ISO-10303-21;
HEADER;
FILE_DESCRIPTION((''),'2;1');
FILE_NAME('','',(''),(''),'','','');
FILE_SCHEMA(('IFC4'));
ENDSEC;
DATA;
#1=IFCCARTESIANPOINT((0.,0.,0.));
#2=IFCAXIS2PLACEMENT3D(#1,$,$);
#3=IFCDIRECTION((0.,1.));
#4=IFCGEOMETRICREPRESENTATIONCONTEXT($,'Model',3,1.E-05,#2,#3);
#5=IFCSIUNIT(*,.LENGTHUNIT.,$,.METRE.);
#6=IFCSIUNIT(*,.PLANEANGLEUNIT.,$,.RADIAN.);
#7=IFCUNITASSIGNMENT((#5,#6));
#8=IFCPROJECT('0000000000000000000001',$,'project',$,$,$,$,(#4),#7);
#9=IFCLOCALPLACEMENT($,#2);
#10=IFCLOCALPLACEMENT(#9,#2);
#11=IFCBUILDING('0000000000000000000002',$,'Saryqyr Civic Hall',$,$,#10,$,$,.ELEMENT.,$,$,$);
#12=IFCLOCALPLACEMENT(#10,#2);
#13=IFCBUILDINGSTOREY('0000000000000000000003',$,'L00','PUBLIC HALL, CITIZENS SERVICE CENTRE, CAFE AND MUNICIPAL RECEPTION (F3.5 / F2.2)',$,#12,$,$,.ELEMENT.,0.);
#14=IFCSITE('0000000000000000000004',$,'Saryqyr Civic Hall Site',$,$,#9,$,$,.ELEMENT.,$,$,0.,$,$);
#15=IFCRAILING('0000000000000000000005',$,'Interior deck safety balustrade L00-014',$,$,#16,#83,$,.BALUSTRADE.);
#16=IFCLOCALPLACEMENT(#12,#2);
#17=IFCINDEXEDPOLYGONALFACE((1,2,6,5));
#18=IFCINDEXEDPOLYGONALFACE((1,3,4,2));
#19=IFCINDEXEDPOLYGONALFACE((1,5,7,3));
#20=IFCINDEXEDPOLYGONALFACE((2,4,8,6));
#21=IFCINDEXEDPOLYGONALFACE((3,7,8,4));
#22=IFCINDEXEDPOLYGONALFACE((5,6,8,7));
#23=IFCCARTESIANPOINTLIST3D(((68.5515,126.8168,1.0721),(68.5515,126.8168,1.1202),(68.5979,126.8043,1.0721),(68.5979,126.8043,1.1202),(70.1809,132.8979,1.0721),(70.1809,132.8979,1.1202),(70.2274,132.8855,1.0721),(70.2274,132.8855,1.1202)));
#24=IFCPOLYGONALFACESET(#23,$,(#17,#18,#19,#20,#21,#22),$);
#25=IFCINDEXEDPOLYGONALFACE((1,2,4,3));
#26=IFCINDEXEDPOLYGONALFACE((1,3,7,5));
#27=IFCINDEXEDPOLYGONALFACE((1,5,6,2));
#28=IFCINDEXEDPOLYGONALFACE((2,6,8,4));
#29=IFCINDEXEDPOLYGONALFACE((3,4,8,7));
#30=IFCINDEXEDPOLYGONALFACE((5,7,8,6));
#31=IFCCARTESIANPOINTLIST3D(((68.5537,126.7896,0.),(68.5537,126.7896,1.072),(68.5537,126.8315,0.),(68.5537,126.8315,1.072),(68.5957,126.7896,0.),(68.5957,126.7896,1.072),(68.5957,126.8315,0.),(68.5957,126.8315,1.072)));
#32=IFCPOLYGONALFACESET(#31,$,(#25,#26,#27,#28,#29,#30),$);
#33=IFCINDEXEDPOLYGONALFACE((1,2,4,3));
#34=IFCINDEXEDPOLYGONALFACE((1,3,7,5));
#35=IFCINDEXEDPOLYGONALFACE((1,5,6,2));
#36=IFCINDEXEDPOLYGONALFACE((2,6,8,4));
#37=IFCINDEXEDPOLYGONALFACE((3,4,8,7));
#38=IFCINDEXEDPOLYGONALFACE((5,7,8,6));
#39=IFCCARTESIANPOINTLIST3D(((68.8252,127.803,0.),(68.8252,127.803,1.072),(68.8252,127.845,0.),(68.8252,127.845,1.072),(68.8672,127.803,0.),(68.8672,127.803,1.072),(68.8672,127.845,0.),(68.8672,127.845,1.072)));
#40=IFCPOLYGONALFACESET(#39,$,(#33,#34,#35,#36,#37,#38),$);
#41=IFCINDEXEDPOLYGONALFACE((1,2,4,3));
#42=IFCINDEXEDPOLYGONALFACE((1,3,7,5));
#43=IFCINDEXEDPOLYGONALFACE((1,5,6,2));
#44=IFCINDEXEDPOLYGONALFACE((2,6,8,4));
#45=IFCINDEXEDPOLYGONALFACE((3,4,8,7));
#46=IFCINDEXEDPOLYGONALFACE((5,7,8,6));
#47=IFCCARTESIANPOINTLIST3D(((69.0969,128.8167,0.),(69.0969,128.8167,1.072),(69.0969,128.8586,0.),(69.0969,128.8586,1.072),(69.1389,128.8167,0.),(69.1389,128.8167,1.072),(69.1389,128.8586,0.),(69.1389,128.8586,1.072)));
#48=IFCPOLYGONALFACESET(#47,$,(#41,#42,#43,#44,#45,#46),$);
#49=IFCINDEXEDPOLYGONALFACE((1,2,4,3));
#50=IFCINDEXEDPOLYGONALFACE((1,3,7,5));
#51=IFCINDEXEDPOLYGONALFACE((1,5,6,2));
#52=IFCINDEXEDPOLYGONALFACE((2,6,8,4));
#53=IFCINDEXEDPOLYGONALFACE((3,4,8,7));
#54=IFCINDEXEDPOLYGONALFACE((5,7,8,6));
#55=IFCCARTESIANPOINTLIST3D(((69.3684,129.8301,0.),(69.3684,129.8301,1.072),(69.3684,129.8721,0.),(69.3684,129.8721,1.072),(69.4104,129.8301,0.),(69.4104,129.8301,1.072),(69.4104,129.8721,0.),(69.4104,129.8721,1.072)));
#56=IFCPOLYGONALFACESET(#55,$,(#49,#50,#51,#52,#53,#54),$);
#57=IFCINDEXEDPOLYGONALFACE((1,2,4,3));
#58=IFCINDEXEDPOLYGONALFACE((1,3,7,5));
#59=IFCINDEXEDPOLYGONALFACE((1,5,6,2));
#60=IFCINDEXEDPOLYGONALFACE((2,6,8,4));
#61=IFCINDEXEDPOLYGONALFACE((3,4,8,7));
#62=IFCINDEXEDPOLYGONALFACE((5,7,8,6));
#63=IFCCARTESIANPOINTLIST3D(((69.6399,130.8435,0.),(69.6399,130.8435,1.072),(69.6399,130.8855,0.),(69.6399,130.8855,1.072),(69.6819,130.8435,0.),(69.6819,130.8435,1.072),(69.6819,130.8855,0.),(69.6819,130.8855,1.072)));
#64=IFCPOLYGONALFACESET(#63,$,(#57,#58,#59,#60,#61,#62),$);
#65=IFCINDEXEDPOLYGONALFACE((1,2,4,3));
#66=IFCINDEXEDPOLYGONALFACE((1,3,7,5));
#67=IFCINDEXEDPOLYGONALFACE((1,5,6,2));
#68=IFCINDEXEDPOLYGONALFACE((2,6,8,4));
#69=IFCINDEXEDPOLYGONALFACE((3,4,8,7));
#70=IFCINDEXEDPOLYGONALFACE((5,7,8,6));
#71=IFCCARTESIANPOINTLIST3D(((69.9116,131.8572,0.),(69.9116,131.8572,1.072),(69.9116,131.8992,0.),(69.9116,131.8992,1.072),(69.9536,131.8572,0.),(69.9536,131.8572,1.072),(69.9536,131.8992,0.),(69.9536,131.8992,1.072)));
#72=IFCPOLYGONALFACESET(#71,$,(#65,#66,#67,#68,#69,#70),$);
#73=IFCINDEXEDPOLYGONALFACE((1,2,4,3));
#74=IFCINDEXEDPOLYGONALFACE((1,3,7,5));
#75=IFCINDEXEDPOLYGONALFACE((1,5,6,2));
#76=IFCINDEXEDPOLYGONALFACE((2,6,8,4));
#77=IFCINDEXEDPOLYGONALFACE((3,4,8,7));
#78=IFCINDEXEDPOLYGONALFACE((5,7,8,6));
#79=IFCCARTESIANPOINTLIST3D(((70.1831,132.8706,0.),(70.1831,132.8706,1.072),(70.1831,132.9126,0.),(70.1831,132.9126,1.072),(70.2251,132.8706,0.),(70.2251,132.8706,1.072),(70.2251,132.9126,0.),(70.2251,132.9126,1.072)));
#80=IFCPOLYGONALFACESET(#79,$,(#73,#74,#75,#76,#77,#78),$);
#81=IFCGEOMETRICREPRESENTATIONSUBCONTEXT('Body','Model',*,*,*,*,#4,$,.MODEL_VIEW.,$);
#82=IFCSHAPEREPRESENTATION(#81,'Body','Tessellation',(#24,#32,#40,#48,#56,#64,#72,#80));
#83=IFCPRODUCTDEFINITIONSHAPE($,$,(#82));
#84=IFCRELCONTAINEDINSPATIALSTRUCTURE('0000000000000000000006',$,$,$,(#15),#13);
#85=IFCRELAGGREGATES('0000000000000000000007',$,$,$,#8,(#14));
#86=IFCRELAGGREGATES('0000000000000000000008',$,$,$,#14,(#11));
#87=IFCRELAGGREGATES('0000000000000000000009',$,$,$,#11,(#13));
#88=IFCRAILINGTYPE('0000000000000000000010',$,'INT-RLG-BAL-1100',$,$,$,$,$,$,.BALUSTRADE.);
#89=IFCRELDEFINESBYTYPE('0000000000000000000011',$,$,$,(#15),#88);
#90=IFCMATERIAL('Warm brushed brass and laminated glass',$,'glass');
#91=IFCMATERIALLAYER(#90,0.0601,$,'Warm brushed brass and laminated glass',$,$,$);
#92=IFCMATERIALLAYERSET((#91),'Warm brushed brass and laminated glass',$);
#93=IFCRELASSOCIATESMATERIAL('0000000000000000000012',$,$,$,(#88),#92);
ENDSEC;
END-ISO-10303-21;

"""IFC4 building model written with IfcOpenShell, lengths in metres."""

from ifc_helpers import new_model, si_unit, direction, frame, origin, origin_2d, place, context, subcontext, project, spatial, rectangle, extrude, material, layer, layer_set, type_object, element, save


model = new_model("IFC4")

# Units and contexts
model_context = context("Model", 3, precision=1e-05, world=origin(), true_north=direction((0.0, 1.0)))
body_context = subcontext(model_context, "Body", "Model", "MODEL_VIEW")
ifc_project = project(units=[si_unit("LENGTHUNIT", "METRE"), si_unit("PLANEANGLEUNIT", "RADIAN")], contexts=[model_context])

# Site, building, storey
site_placement = place(None, origin())
site = spatial("IfcSite", under=ifc_project, at=site_placement, Name="Saryqyr Civic Hall Site", CompositionType="ELEMENT", RefElevation=0.0)
building_placement = place(site_placement, origin())
building = spatial("IfcBuilding", under=site, at=building_placement, Name="Saryqyr Civic Hall", CompositionType="ELEMENT")
storey_placement = place(building_placement, origin())
storey = spatial("IfcBuildingStorey", under=building, at=storey_placement, Name="L00", Description="PUBLIC HALL, CITIZENS SERVICE CENTRE, CAFE AND MUNICIPAL RECEPTION (F3.5 / F2.2)", CompositionType="ELEMENT", Elevation=0.0)

# Railing
ifc_material_1 = material(Name="Warm brushed brass and laminated glass", Category="glass")
ifc_layer_1 = layer(ifc_material_1, 0.0601, Name="Warm brushed brass and laminated glass")
ifc_layer_set_1 = layer_set([ifc_layer_1], Name="Warm brushed brass and laminated glass")
railing_type = type_object("IfcRailingType", Name="INT-RLG-BAL-1100", PredefinedType="BALUSTRADE", material=ifc_layer_set_1)
railing_1_placement = place(storey_placement, frame((68.5747, 126.8105, 0.0)))
element("IfcRailing", 1, at=railing_1_placement, inside=storey, type_object=railing_type, Name="Interior deck safety balustrade L00-014", PredefinedType="BALUSTRADE", context=body_context, shape_type="SweptSolid", body=[
    extrude(rectangle(XDim=0.0481, YDim=0.0481, at=origin_2d()), frame((0.0, 0.0, 1.0962), z_axis=(0.258816, 0.965927, 0.0), x_axis=(-0.965927, 0.258816, 0.0)), (0.0, 0.0, 1.0), 6.2957),
    extrude(rectangle(XDim=0.042, YDim=0.042, at=origin_2d()), origin(), (0.0, 0.0, 1.0), 1.072),
    extrude(rectangle(XDim=0.042, YDim=0.042, at=origin_2d()), frame((0.2715, 1.0134, 0.0)), (0.0, 0.0, 1.0), 1.072),
    extrude(rectangle(XDim=0.042, YDim=0.042, at=origin_2d()), frame((0.5432, 2.0271, 0.0)), (0.0, 0.0, 1.0), 1.072),
    extrude(rectangle(XDim=0.042, YDim=0.042, at=origin_2d()), frame((0.8147, 3.0405, 0.0)), (0.0, 0.0, 1.0), 1.072),
    extrude(rectangle(XDim=0.042, YDim=0.042, at=origin_2d()), frame((1.0862, 4.054, 0.0)), (0.0, 0.0, 1.0), 1.072),
    extrude(rectangle(XDim=0.042, YDim=0.042, at=origin_2d()), frame((1.3579, 5.0676, 0.0)), (0.0, 0.0, 1.0), 1.072),
    extrude(rectangle(XDim=0.042, YDim=0.042, at=origin_2d()), frame((1.6294, 6.0811, 0.0)), (0.0, 0.0, 1.0), 1.072),
])

save(model, "model.ifc")
